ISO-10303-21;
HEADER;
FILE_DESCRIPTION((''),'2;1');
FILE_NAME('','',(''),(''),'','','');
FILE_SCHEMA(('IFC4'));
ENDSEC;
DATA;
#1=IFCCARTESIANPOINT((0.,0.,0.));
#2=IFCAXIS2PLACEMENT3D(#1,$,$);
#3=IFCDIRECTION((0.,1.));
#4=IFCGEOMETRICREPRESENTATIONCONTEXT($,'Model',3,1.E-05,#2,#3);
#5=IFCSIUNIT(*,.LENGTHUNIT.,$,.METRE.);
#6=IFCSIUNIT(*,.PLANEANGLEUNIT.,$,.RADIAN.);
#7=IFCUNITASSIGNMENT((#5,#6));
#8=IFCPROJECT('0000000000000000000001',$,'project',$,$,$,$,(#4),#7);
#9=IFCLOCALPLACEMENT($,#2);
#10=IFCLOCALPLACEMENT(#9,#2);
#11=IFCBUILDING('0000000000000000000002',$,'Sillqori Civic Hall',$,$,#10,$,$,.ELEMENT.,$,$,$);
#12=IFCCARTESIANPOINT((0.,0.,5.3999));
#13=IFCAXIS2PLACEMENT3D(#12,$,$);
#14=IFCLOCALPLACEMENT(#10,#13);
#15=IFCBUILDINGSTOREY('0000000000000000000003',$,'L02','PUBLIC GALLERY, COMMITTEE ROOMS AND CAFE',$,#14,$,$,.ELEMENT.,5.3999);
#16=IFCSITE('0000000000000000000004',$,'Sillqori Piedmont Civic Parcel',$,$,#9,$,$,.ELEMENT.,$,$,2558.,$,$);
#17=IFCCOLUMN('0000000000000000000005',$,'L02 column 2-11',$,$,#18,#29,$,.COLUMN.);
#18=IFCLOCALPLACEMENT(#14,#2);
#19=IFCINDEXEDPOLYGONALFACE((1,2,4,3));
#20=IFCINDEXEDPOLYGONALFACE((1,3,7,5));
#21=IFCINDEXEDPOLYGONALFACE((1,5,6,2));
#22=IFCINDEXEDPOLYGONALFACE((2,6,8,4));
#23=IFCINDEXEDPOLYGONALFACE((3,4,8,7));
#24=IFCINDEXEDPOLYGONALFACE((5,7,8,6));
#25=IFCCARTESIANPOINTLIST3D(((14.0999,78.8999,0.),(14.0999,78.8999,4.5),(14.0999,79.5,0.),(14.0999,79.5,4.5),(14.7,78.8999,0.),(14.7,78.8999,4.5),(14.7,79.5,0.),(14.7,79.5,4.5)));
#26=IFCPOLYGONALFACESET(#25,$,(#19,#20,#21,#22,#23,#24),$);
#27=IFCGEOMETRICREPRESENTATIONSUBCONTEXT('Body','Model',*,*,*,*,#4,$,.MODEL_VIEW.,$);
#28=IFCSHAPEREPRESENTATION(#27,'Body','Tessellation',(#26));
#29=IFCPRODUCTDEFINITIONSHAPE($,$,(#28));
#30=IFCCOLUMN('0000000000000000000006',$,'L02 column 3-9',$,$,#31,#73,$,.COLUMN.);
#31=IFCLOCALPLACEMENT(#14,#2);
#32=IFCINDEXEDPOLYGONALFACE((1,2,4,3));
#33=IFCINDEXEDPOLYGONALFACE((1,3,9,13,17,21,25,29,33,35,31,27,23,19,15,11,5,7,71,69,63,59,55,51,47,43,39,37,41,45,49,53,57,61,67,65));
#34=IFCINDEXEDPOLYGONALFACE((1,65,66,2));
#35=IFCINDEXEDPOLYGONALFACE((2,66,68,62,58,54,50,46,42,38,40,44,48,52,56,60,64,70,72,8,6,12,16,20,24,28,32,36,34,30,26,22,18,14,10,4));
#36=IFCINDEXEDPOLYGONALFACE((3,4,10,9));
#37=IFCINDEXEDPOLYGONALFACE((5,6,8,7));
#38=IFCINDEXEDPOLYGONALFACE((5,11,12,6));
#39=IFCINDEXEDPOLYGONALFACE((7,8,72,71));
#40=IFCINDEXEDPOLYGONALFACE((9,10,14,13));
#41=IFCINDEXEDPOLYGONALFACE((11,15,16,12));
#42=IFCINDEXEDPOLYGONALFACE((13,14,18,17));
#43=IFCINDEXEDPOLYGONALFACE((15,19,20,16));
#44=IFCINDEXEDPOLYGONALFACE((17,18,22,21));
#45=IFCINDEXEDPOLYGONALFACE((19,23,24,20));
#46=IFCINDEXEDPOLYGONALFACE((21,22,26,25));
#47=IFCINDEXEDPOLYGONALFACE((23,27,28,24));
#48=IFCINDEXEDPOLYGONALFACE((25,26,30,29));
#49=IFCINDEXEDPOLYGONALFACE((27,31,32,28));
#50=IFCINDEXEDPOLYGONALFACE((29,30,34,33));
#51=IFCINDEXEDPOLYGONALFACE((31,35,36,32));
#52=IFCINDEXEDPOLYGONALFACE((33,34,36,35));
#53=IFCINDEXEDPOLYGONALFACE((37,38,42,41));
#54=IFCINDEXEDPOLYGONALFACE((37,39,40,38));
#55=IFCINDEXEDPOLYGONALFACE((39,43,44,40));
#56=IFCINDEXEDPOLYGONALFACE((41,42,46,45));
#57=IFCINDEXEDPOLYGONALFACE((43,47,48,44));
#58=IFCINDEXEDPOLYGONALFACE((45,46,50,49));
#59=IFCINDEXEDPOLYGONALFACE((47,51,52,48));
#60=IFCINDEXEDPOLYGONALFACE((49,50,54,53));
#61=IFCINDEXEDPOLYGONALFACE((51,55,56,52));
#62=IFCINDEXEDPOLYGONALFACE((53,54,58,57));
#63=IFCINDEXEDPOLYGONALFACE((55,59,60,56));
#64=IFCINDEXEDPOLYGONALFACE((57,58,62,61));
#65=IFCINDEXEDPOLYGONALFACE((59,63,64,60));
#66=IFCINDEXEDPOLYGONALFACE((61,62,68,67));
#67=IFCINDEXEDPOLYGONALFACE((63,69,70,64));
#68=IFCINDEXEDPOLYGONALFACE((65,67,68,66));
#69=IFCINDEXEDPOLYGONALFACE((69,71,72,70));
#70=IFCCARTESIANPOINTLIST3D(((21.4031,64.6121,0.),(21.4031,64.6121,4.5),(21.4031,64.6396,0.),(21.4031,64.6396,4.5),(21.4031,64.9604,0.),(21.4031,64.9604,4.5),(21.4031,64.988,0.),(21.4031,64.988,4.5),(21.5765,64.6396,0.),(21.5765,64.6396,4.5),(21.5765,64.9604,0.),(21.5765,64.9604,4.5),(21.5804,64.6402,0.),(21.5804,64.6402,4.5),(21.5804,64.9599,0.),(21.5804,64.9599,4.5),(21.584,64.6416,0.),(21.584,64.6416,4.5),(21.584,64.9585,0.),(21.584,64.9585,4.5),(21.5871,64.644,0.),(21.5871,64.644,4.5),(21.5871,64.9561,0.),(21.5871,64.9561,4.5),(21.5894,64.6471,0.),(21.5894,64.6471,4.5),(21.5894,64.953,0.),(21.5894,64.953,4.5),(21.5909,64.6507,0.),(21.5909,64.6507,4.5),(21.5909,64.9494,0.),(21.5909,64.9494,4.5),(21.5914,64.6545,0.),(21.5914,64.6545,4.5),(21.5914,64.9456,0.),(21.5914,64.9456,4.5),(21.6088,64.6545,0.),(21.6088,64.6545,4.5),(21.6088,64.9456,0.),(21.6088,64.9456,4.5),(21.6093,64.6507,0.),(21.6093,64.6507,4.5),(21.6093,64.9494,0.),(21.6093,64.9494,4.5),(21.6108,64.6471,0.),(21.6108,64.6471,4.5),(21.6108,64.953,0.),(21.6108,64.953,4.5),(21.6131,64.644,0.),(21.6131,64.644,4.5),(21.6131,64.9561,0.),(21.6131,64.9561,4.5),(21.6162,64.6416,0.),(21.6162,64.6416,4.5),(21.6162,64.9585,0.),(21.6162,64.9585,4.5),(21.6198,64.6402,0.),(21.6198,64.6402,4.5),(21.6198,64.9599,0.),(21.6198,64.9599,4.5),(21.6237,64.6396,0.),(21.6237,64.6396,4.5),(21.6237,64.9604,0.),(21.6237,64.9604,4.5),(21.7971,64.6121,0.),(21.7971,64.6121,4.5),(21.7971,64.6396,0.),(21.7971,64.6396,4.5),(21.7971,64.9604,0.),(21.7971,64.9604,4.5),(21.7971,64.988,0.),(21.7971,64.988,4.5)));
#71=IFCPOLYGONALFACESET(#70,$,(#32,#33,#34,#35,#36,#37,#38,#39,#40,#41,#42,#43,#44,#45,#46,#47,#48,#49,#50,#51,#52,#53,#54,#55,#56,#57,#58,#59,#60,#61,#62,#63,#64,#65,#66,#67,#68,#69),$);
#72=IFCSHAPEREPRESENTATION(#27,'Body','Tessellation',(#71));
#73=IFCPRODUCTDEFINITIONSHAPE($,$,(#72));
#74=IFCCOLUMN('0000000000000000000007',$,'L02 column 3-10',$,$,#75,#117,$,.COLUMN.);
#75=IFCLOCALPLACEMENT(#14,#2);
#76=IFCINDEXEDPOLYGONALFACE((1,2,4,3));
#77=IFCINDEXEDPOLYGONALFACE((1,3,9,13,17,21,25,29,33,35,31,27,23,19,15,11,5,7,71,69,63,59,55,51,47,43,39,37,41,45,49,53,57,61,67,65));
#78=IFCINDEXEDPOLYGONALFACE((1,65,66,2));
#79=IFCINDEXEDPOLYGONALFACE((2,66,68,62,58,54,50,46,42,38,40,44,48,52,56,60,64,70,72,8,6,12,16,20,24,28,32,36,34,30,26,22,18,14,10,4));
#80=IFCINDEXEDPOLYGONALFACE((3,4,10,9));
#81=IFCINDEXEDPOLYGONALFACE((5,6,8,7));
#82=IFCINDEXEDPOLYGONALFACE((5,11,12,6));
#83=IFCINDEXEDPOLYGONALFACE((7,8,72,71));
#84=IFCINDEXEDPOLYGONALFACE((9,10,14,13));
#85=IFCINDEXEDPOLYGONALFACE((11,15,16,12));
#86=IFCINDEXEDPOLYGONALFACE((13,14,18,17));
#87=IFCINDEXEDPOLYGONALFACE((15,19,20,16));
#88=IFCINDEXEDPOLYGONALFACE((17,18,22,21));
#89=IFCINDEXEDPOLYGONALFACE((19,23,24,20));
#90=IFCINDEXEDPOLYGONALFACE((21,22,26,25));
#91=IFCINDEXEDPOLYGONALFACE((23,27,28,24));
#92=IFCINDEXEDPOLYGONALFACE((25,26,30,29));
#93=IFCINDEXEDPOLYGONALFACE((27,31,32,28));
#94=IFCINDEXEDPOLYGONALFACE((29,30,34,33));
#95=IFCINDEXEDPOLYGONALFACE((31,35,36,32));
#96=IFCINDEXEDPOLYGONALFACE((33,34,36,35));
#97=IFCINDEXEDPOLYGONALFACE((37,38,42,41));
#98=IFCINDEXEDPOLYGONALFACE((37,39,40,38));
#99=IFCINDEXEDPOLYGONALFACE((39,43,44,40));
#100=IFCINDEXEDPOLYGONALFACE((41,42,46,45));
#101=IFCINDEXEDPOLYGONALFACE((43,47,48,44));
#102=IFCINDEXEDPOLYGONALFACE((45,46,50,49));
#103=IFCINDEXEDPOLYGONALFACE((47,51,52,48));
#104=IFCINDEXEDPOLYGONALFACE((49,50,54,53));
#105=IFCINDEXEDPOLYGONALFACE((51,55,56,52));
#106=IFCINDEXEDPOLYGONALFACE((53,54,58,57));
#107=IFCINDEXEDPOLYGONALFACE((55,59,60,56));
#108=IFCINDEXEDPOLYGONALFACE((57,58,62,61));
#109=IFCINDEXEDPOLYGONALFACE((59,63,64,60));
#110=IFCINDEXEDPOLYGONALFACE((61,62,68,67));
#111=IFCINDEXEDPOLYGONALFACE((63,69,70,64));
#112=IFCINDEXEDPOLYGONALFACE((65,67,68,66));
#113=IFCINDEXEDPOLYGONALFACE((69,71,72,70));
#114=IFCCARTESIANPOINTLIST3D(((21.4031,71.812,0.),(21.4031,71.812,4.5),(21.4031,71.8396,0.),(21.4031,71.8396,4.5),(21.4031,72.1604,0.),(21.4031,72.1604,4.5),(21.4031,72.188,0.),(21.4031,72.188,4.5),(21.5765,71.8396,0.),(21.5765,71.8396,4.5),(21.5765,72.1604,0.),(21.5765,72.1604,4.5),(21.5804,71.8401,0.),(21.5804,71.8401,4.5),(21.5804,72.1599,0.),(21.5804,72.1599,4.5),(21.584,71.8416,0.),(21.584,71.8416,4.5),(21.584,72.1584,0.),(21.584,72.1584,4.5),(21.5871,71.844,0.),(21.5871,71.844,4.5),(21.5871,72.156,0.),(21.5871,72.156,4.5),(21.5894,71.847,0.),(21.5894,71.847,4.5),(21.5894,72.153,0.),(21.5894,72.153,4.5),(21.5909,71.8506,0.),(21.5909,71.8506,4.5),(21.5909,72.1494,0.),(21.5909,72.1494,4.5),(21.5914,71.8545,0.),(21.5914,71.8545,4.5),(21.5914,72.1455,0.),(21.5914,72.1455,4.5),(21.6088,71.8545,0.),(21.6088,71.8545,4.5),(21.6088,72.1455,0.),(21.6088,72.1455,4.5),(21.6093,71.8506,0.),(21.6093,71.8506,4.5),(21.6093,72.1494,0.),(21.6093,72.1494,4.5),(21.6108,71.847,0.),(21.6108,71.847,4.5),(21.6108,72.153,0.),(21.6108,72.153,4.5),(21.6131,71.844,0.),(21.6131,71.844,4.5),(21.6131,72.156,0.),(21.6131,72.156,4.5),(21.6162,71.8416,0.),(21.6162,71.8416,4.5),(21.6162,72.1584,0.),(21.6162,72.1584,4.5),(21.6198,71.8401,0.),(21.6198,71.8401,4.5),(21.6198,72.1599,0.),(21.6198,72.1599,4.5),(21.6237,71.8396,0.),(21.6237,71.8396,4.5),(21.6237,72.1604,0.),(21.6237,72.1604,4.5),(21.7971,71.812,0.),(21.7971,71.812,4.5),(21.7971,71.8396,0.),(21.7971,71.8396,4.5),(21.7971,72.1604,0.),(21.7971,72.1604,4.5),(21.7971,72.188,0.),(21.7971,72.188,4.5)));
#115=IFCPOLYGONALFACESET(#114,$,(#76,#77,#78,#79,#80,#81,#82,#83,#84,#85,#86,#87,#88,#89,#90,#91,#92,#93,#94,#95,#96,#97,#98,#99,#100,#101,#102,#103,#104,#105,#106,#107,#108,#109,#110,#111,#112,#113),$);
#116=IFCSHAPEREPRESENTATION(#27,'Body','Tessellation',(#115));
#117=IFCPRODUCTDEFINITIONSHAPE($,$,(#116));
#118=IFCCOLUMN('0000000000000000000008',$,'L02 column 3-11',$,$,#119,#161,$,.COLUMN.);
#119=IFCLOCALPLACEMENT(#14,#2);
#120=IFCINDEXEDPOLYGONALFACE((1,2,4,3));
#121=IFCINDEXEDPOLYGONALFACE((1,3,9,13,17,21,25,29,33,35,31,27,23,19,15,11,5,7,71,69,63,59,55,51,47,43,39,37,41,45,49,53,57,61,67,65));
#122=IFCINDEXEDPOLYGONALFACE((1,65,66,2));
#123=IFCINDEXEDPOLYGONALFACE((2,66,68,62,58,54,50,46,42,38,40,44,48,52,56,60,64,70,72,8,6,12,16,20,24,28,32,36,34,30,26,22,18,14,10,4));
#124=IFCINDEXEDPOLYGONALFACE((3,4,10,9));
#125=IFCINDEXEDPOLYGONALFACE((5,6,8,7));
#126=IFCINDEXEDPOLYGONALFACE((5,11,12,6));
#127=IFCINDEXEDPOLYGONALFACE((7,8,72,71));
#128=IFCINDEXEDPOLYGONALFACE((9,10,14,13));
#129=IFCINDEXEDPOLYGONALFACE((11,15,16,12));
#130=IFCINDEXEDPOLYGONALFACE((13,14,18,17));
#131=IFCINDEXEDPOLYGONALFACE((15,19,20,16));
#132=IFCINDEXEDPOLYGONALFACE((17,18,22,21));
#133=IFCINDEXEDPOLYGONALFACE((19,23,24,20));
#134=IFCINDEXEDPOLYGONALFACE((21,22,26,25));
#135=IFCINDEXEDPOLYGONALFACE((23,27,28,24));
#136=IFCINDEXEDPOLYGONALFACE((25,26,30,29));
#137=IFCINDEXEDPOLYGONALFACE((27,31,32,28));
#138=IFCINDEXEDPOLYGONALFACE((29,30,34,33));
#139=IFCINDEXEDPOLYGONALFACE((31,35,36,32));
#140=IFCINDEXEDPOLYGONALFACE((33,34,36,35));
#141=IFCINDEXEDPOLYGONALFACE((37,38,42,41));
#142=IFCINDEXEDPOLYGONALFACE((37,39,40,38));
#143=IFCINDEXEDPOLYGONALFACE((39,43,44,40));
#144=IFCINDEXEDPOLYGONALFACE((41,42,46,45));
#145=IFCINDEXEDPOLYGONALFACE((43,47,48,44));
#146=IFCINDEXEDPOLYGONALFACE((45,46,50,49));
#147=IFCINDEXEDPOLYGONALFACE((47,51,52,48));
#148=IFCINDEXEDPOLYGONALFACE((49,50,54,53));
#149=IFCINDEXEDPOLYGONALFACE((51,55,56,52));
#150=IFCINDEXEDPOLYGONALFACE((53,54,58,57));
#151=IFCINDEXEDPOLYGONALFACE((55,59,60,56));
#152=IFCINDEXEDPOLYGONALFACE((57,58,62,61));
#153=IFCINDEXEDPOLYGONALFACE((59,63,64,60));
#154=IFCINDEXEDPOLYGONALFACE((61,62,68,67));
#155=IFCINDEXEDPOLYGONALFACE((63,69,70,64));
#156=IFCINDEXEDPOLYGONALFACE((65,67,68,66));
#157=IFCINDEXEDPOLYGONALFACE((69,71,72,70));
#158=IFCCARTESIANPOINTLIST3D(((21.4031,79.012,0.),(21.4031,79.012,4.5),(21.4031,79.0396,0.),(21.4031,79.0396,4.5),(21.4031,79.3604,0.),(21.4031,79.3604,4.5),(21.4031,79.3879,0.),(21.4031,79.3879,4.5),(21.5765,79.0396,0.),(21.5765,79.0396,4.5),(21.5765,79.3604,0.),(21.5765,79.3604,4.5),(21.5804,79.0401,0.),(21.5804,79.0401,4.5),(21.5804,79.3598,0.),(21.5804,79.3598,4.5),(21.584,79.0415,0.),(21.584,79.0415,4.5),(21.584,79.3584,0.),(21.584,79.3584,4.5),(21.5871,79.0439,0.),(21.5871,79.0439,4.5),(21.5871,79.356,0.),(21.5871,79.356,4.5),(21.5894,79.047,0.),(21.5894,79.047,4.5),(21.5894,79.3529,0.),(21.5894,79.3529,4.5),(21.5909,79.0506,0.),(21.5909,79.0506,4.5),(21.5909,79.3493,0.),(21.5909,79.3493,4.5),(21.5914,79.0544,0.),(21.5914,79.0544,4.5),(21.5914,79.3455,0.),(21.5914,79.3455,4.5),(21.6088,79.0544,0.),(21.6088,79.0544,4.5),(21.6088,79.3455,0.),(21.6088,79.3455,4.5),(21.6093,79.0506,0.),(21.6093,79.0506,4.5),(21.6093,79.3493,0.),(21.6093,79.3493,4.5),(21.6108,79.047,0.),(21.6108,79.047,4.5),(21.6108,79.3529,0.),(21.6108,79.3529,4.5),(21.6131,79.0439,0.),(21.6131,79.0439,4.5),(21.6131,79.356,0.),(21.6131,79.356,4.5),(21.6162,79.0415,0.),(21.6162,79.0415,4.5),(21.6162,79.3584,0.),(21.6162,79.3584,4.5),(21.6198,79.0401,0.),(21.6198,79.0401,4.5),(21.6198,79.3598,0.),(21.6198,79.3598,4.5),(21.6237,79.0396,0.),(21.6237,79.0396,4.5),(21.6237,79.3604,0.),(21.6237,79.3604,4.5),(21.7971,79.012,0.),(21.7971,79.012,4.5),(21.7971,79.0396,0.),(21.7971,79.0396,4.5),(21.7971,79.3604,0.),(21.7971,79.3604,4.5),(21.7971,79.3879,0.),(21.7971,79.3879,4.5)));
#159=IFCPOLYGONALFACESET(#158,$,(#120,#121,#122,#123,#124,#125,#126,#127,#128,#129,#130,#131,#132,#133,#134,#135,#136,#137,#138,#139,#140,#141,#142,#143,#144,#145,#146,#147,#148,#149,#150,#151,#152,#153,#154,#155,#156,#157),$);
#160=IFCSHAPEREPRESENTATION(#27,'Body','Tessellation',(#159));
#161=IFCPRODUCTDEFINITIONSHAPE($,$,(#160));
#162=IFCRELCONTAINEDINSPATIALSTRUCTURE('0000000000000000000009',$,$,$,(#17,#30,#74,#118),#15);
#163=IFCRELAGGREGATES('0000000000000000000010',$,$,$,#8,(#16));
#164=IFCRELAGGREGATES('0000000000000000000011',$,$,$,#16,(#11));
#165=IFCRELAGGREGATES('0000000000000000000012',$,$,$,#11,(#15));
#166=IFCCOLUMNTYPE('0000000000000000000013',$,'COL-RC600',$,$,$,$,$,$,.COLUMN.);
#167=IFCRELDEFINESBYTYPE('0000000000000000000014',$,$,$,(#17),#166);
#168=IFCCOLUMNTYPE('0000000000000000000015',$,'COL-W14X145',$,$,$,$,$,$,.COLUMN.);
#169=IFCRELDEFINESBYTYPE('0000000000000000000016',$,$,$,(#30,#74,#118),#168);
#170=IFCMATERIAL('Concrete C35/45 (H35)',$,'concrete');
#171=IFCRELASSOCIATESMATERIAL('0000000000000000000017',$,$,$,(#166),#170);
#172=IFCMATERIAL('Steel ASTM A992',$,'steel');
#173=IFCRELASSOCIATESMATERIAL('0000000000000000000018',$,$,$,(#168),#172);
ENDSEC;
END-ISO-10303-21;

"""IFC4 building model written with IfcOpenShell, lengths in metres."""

from ifc_helpers import new_model, si_unit, direction, frame, origin, origin_2d, place, context, subcontext, project, spatial, rectangle, i_section, extrude, material, material_profile, profile_set, type_object, element, save


model = new_model("IFC4")

# Units and contexts
model_context = context("Model", 3, precision=1e-05, world=origin(), true_north=direction((0.0, 1.0)))
body_context = subcontext(model_context, "Body", "Model", "MODEL_VIEW")
ifc_project = project(units=[si_unit("LENGTHUNIT", "METRE"), si_unit("PLANEANGLEUNIT", "RADIAN")], contexts=[model_context])

# Site, building, storey
site_placement = place(None, origin())
site = spatial("IfcSite", under=ifc_project, at=site_placement, Name="Sillqori Piedmont Civic Parcel", CompositionType="ELEMENT", RefElevation=2558.0)
building_placement = place(site_placement, origin())
building = spatial("IfcBuilding", under=site, at=building_placement, Name="Sillqori Civic Hall", CompositionType="ELEMENT")
storey_placement = place(building_placement, frame((0.0, 0.0, 5.3999)))
storey = spatial("IfcBuildingStorey", under=building, at=storey_placement, Name="L02", Description="PUBLIC GALLERY, COMMITTEE ROOMS AND CAFE", CompositionType="ELEMENT", Elevation=5.3999)

# Columns
ifc_material_1 = material(Name="Concrete C35/45 (H35)", Category="concrete")
ifc_material_profile_1 = material_profile(ifc_material_1, rectangle(XDim=0.6001, YDim=0.6001, at=origin_2d()), Name="RC 600x600")
ifc_profile_set_1 = profile_set([ifc_material_profile_1], Name="Concrete C35/45 (H35)")
column_type_1 = type_object("IfcColumnType", Name="COL-RC600", PredefinedType="COLUMN", material=ifc_profile_set_1)
column_placement = place(storey_placement, frame((14.3999, 79.2, 0.0), z_axis=(0.0, 0.0, 1.0), x_axis=(1.0, 0.0, 0.0)))
element("IfcColumn", 1, at=column_placement, inside=storey, type_object=column_type_1, Name="L02 column 2-11", PredefinedType="COLUMN", context=body_context, shape_type="SweptSolid", body=[
    extrude(rectangle(XDim=0.6001, YDim=0.6001, at=origin_2d()), origin(), (0.0, 0.0, 1.0), 4.5),
])
ifc_material_2 = material(Name="Steel ASTM A992", Category="steel")
ifc_material_profile_2 = material_profile(ifc_material_2, i_section(OverallWidth=0.394, OverallDepth=0.376, WebThickness=0.0173, FlangeThickness=0.0276, FilletRadius=0.0149, at=origin_2d()), Name="W14X145")
ifc_profile_set_2 = profile_set([ifc_material_profile_2], Name="Steel ASTM A992")
column_type_2 = type_object("IfcColumnType", Name="COL-W14X145", PredefinedType="COLUMN", material=ifc_profile_set_2)
for number, where, z_axis, x_axis, name in (
    (2, (21.6001, 64.8, 0.0), (0.0, 0.0, 1.0), (1.0, 0.0, 0.0), "L02 column 3-9"),
    (3, (21.6001, 72.0, 0.0), (0.0, 0.0, 1.0), (1.0, 0.0, 0.0), "L02 column 3-10"),
    (4, (21.6001, 79.2, 0.0), (0.0, 0.0, 1.0), (1.0, 0.0, 0.0), "L02 column 3-11"),
):
    element("IfcColumn", number, at=place(storey_placement, frame(where, z_axis=z_axis, x_axis=x_axis)), inside=storey, type_object=column_type_2, Name=name, PredefinedType="COLUMN", context=body_context, shape_type="SweptSolid", body=[
        extrude(i_section(OverallWidth=0.394, OverallDepth=0.376, WebThickness=0.0173, FlangeThickness=0.0276, FilletRadius=0.0149, at=origin_2d()), origin(), (0.0, 0.0, 1.0), 4.5),
    ])

save(model, "model.ifc")
